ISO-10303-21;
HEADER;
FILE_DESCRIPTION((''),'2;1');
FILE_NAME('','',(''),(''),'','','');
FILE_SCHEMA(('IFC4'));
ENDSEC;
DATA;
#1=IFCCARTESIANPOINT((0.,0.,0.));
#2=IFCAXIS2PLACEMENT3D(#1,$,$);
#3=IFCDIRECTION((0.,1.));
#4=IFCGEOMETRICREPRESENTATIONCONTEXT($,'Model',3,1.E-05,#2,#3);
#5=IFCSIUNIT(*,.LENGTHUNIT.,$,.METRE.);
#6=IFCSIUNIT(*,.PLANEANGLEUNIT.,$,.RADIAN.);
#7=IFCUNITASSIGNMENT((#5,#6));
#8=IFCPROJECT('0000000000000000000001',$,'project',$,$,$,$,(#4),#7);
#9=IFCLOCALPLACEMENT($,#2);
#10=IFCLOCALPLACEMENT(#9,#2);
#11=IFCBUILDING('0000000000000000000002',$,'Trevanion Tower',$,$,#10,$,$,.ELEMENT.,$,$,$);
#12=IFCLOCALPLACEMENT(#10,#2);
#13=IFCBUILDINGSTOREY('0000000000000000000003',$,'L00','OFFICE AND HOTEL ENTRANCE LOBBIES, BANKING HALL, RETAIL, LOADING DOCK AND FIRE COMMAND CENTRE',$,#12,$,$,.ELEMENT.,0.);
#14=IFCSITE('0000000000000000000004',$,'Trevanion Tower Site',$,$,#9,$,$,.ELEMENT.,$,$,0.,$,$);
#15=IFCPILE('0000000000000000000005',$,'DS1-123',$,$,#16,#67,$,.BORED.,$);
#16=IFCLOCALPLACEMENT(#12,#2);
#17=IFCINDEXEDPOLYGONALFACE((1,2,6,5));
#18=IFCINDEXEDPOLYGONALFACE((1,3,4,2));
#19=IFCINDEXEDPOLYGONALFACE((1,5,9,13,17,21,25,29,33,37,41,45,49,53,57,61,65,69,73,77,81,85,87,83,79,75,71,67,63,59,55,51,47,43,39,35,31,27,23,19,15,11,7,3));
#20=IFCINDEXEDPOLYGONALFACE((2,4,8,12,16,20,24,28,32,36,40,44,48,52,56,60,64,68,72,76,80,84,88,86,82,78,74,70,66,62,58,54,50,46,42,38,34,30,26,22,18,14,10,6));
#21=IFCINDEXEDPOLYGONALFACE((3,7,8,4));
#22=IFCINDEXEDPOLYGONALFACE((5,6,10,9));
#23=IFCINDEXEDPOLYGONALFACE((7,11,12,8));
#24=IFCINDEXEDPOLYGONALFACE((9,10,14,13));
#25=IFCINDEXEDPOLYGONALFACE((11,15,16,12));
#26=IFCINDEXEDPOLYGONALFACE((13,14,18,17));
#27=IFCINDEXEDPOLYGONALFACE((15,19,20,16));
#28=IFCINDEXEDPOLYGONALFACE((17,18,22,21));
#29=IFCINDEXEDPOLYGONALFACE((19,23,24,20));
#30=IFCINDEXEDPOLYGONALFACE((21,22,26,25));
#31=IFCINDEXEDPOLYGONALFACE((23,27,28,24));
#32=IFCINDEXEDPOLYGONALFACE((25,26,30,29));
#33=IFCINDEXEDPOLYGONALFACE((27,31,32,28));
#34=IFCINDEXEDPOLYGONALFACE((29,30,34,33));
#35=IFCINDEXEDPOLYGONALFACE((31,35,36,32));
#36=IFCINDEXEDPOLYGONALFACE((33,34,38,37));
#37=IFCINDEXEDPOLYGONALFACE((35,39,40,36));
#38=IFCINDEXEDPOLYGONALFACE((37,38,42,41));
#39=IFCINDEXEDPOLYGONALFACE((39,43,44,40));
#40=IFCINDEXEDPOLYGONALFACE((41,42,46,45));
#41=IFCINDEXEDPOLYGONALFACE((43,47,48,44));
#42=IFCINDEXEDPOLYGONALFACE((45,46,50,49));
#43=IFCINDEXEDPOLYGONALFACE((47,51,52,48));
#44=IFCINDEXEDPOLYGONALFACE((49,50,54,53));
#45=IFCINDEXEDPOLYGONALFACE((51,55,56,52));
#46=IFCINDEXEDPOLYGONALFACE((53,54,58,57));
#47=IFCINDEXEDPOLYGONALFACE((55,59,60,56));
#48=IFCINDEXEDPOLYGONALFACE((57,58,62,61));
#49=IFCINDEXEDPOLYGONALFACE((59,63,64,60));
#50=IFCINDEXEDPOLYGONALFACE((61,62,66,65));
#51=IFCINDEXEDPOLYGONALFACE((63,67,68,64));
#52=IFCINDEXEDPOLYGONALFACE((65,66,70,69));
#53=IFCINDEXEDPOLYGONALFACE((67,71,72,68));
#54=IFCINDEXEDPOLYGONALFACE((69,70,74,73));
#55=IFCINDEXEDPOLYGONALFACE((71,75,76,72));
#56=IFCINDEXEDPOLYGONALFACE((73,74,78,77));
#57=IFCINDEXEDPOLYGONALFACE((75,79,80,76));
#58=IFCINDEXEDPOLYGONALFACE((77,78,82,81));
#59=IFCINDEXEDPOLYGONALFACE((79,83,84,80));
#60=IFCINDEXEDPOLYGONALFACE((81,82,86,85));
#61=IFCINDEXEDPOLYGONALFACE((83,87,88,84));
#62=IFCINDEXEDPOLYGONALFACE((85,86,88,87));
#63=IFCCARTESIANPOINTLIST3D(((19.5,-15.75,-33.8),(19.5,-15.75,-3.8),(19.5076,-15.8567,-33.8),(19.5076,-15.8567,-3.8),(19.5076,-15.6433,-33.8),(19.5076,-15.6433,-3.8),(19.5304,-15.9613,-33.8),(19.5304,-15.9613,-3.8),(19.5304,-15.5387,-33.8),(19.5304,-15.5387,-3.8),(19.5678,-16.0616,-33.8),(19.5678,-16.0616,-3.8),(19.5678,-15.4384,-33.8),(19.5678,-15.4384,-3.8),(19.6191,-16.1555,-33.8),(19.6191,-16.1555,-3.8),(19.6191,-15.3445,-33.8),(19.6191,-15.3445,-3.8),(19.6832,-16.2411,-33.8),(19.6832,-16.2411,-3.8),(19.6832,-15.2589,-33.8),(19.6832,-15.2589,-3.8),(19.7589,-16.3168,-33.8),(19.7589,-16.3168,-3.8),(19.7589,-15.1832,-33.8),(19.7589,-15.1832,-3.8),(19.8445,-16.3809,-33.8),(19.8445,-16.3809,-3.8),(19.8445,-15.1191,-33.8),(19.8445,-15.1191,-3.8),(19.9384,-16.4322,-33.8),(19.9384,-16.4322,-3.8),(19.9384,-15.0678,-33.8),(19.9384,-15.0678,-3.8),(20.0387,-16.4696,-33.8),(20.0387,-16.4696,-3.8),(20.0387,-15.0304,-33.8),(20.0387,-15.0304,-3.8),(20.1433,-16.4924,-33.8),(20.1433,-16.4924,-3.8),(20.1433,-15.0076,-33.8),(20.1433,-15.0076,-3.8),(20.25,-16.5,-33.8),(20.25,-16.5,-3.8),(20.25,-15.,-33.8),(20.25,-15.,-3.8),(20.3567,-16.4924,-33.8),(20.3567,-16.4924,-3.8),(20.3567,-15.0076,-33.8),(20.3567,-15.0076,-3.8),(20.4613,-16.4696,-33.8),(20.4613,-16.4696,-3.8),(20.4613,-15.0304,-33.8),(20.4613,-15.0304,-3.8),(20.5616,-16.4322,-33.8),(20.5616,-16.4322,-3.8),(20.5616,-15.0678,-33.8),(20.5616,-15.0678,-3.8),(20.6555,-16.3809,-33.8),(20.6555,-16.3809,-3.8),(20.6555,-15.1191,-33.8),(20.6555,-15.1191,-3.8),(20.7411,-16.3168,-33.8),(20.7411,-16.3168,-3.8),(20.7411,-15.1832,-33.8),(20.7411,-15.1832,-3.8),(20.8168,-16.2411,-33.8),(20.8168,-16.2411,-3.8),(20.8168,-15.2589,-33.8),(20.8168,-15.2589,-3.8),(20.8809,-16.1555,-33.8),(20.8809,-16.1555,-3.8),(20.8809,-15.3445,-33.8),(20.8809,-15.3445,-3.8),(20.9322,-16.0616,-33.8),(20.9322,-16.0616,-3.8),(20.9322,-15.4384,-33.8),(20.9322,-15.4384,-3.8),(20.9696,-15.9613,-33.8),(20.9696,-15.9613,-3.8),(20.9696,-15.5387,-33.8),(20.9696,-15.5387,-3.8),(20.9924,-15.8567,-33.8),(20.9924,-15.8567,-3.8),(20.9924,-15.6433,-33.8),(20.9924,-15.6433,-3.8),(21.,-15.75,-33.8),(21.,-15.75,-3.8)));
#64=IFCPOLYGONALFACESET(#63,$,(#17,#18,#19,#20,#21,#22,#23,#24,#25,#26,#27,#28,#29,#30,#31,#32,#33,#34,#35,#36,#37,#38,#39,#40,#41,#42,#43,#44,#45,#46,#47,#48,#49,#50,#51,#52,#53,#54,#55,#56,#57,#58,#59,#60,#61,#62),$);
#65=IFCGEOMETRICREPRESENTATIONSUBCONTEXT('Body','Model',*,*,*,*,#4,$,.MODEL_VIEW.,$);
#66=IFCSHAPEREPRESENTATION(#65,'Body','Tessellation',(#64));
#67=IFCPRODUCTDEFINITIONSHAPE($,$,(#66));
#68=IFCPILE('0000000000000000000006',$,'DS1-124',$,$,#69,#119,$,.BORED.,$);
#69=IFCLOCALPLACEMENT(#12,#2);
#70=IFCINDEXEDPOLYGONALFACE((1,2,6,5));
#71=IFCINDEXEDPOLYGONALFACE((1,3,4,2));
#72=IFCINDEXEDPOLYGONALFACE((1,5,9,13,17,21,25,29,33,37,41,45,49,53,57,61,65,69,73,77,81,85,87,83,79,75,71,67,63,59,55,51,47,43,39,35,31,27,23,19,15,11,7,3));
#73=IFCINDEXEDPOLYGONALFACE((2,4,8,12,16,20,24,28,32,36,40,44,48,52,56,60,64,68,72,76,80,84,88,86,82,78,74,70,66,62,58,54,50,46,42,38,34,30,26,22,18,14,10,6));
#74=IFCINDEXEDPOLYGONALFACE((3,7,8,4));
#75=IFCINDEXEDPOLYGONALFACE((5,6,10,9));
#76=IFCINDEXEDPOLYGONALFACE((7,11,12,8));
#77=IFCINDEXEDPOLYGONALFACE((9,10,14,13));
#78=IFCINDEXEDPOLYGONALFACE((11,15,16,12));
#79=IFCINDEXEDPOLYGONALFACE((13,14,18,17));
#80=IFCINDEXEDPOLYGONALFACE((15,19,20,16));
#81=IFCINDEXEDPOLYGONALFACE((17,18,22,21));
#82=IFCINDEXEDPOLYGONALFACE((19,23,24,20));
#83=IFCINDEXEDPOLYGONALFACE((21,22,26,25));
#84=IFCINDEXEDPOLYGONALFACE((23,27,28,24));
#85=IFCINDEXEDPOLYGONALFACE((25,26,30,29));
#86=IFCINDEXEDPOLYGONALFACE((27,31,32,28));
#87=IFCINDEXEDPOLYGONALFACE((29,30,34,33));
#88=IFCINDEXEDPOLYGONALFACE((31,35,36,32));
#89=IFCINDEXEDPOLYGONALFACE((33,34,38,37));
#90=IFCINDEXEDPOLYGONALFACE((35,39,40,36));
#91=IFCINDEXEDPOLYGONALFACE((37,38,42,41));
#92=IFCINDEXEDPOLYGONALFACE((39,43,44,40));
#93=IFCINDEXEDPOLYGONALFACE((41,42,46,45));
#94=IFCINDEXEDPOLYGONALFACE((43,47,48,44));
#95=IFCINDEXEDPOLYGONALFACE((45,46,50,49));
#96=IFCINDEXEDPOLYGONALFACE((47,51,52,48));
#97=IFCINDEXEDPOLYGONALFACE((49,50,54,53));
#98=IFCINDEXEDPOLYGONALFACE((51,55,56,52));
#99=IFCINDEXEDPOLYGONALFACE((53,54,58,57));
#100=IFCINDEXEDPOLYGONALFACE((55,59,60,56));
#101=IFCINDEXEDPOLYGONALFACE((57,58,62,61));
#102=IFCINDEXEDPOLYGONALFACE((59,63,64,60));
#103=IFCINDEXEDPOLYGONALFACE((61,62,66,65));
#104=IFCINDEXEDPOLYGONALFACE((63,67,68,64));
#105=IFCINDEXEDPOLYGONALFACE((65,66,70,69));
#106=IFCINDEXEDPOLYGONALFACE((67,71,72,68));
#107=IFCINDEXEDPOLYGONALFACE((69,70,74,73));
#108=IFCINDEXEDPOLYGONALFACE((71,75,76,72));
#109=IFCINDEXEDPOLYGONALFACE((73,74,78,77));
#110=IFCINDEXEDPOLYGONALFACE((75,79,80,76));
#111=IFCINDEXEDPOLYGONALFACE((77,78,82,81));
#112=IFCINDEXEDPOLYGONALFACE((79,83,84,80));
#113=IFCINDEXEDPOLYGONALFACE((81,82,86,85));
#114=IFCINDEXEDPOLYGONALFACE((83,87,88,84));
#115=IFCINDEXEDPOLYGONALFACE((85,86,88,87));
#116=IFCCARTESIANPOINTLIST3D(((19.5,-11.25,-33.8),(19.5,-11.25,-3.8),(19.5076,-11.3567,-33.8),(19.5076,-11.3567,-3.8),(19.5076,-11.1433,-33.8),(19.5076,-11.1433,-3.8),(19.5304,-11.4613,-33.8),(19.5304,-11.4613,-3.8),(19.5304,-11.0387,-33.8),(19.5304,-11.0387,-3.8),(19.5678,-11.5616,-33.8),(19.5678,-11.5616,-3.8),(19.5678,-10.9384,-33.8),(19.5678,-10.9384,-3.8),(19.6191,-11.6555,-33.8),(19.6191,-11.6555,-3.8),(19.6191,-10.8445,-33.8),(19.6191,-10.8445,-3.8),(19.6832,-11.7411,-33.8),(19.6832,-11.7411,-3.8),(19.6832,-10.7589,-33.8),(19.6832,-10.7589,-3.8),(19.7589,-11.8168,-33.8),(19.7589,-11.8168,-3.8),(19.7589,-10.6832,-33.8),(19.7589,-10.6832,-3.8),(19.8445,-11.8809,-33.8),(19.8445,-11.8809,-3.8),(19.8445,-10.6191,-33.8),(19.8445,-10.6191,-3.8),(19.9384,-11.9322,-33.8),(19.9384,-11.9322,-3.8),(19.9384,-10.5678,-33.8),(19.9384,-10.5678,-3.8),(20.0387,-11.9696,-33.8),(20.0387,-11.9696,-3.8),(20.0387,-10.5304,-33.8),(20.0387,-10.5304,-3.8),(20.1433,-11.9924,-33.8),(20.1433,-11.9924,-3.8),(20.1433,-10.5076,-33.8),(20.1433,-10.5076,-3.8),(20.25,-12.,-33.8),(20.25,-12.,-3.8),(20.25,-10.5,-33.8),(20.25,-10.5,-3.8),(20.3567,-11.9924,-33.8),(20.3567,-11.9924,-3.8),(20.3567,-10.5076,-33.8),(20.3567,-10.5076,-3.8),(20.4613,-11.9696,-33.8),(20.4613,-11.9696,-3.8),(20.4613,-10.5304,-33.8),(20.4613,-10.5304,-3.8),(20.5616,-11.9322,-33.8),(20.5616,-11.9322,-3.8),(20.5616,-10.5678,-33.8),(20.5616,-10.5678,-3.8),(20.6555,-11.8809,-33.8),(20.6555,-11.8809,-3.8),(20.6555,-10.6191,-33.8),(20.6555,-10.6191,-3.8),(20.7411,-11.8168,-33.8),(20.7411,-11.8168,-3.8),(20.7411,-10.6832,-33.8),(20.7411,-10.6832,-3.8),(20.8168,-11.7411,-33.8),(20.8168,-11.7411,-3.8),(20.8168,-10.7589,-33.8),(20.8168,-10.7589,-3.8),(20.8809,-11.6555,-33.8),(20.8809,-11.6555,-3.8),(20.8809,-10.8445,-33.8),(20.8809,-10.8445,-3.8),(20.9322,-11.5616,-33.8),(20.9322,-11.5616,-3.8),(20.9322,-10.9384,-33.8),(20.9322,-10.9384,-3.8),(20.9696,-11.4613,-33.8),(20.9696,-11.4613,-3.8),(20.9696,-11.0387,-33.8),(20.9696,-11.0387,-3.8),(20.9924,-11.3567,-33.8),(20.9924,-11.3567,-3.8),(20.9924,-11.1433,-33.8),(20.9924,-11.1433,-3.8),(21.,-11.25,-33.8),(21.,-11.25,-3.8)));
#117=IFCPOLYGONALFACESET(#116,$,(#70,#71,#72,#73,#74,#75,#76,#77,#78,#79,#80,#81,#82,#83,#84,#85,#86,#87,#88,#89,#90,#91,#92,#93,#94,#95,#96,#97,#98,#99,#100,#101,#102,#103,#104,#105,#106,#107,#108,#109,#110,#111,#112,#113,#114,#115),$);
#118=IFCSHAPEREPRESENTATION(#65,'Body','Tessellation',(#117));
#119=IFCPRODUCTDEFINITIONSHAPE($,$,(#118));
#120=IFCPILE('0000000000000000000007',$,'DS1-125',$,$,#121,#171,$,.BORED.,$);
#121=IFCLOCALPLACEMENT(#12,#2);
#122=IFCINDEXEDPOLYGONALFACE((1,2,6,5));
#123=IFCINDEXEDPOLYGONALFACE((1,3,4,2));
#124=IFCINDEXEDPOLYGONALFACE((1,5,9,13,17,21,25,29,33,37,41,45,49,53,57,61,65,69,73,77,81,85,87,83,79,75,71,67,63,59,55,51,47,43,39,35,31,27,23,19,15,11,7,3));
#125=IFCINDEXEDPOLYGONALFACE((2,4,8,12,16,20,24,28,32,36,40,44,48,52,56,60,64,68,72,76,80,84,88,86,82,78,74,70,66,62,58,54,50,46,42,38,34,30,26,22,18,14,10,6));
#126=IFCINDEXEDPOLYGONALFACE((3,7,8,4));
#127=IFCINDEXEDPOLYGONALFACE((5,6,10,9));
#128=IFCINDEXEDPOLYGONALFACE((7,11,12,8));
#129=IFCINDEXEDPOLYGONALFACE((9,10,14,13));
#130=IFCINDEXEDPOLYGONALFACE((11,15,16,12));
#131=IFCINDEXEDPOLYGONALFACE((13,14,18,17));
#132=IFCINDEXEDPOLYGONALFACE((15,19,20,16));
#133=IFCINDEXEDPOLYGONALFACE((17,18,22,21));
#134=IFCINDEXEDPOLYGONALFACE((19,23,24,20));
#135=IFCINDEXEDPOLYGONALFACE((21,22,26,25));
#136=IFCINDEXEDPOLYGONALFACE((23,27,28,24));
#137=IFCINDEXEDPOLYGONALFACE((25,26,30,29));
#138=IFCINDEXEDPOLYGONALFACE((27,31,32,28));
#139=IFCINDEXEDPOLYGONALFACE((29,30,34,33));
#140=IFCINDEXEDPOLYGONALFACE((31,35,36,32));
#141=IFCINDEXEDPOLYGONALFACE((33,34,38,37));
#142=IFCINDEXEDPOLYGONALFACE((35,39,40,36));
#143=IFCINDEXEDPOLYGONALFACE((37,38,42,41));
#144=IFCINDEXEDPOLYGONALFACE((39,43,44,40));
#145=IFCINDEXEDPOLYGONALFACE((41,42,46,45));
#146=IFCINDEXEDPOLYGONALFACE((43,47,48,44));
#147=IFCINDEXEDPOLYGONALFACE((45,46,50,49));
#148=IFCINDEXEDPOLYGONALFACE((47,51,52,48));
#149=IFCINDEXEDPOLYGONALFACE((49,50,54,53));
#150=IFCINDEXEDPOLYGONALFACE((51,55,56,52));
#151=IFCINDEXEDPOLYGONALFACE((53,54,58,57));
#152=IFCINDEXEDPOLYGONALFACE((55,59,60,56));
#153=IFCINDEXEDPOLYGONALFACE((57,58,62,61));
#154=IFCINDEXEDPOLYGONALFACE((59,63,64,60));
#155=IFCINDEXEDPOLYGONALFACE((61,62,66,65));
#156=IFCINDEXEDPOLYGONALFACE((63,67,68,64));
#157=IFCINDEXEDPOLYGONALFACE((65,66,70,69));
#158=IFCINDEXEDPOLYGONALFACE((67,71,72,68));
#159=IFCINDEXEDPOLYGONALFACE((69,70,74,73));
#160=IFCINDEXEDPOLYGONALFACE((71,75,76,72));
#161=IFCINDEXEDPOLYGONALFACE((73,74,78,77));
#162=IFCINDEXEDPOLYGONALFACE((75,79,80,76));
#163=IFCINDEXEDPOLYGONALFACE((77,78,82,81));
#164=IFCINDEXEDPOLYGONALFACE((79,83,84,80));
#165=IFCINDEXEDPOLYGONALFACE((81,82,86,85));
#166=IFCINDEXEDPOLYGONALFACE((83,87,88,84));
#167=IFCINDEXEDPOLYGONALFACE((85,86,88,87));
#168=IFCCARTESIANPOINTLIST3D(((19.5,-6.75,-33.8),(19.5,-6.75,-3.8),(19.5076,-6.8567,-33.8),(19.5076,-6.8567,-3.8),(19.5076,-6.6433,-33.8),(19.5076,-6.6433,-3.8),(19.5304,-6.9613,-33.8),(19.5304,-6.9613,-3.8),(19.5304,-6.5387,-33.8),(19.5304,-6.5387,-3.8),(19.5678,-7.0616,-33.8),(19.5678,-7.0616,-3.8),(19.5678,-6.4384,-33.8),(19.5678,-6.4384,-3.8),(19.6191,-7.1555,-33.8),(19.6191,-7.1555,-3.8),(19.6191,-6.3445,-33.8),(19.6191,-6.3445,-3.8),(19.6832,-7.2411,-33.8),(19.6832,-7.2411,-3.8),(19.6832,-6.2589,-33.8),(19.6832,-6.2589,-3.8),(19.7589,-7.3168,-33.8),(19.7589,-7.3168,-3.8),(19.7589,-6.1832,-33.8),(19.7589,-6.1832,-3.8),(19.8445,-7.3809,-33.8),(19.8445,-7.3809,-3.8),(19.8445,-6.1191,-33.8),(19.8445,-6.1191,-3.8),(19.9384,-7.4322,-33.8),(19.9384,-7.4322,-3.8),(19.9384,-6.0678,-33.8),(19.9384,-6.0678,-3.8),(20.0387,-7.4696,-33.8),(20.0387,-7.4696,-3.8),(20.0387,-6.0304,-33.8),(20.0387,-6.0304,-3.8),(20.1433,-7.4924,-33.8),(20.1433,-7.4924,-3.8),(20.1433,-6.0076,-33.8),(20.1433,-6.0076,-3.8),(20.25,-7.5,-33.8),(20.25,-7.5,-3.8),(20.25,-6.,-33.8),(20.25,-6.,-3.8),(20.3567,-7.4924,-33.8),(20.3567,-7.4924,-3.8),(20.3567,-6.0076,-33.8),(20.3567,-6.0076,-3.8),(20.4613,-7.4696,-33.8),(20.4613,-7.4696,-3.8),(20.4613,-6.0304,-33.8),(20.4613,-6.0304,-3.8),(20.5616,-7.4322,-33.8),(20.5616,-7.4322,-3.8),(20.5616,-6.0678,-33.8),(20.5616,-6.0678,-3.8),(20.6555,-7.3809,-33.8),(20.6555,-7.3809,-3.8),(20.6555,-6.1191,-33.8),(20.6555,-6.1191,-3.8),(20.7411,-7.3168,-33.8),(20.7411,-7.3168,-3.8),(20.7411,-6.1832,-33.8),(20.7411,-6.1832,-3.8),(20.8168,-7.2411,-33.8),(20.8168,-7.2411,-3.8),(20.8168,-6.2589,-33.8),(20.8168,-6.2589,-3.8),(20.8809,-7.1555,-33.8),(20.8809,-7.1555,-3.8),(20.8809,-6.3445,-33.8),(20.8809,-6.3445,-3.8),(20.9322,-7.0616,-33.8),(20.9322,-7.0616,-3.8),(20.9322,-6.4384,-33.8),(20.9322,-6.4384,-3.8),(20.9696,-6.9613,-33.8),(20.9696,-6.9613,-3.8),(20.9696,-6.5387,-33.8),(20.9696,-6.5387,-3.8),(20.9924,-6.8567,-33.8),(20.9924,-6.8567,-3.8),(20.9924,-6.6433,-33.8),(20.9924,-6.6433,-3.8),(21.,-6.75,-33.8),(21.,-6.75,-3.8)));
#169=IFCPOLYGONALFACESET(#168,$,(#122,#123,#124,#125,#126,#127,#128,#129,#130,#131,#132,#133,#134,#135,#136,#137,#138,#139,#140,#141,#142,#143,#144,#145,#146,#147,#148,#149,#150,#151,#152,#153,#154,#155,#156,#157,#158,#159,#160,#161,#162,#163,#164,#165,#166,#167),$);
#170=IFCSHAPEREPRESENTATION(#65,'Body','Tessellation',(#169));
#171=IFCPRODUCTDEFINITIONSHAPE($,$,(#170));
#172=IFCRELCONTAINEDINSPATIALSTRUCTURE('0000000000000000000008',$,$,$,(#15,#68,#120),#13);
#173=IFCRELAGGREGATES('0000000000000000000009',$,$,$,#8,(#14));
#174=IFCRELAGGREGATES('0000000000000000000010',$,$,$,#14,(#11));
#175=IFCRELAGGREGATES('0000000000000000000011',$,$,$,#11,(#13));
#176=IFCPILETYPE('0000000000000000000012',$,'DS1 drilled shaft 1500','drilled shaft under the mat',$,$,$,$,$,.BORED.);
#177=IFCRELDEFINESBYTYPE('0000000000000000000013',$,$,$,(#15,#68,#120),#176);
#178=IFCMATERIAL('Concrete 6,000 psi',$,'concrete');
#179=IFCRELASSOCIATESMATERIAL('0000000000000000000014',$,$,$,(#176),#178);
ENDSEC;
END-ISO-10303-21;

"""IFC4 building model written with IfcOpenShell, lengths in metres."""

from ifc_helpers import new_model, si_unit, direction, frame, origin, origin_2d, place, context, subcontext, project, spatial, circle, extrude, material, material_profile, profile_set, type_object, element, save


model = new_model("IFC4")

# Units and contexts
model_context = context("Model", 3, precision=1e-05, world=origin(), true_north=direction((0.0, 1.0)))
body_context = subcontext(model_context, "Body", "Model", "MODEL_VIEW")
ifc_project = project(units=[si_unit("LENGTHUNIT", "METRE"), si_unit("PLANEANGLEUNIT", "RADIAN")], contexts=[model_context])

# Site, building, storey
site_placement = place(None, origin())
site = spatial("IfcSite", under=ifc_project, at=site_placement, Name="Trevanion Tower Site", CompositionType="ELEMENT", RefElevation=0.0)
building_placement = place(site_placement, origin())
building = spatial("IfcBuilding", under=site, at=building_placement, Name="Trevanion Tower", CompositionType="ELEMENT")
storey_placement = place(building_placement, origin())
storey = spatial("IfcBuildingStorey", under=building, at=storey_placement, Name="L00", Description="OFFICE AND HOTEL ENTRANCE LOBBIES, BANKING HALL, RETAIL, LOADING DOCK AND FIRE COMMAND CENTRE", CompositionType="ELEMENT", Elevation=0.0)

# Piles
ifc_material_1 = material(Name="Concrete 6,000 psi", Category="concrete")
ifc_material_profile_1 = material_profile(ifc_material_1, circle(Radius=0.75, at=origin_2d()), Name="DS1 drilled shaft 1500")
ifc_profile_set_1 = profile_set([ifc_material_profile_1], Name="Concrete 6,000 psi")
pile_type_1 = type_object("IfcPileType", Name="DS1 drilled shaft 1500", Description="drilled shaft under the mat", PredefinedType="BORED", material=ifc_profile_set_1)
for number, where, z_axis, x_axis, name in (
    (1, (20.25, -15.75, -3.8), (0.0, 0.0, -1.0), (1.0, 0.0, 0.0), "DS1-123"),
    (2, (20.25, -11.25, -3.8), (0.0, 0.0, -1.0), (1.0, 0.0, 0.0), "DS1-124"),
    (3, (20.25, -6.75, -3.8), (0.0, 0.0, -1.0), (1.0, 0.0, 0.0), "DS1-125"),
):
    element("IfcPile", number, at=place(storey_placement, frame(where, z_axis=z_axis, x_axis=x_axis)), inside=storey, type_object=pile_type_1, Name=name, PredefinedType="BORED", context=body_context, shape_type="SweptSolid", body=[
        extrude(circle(Radius=0.75, at=origin_2d()), origin(), (0.0, 0.0, 1.0), 30.0),
    ])

save(model, "model.ifc")
